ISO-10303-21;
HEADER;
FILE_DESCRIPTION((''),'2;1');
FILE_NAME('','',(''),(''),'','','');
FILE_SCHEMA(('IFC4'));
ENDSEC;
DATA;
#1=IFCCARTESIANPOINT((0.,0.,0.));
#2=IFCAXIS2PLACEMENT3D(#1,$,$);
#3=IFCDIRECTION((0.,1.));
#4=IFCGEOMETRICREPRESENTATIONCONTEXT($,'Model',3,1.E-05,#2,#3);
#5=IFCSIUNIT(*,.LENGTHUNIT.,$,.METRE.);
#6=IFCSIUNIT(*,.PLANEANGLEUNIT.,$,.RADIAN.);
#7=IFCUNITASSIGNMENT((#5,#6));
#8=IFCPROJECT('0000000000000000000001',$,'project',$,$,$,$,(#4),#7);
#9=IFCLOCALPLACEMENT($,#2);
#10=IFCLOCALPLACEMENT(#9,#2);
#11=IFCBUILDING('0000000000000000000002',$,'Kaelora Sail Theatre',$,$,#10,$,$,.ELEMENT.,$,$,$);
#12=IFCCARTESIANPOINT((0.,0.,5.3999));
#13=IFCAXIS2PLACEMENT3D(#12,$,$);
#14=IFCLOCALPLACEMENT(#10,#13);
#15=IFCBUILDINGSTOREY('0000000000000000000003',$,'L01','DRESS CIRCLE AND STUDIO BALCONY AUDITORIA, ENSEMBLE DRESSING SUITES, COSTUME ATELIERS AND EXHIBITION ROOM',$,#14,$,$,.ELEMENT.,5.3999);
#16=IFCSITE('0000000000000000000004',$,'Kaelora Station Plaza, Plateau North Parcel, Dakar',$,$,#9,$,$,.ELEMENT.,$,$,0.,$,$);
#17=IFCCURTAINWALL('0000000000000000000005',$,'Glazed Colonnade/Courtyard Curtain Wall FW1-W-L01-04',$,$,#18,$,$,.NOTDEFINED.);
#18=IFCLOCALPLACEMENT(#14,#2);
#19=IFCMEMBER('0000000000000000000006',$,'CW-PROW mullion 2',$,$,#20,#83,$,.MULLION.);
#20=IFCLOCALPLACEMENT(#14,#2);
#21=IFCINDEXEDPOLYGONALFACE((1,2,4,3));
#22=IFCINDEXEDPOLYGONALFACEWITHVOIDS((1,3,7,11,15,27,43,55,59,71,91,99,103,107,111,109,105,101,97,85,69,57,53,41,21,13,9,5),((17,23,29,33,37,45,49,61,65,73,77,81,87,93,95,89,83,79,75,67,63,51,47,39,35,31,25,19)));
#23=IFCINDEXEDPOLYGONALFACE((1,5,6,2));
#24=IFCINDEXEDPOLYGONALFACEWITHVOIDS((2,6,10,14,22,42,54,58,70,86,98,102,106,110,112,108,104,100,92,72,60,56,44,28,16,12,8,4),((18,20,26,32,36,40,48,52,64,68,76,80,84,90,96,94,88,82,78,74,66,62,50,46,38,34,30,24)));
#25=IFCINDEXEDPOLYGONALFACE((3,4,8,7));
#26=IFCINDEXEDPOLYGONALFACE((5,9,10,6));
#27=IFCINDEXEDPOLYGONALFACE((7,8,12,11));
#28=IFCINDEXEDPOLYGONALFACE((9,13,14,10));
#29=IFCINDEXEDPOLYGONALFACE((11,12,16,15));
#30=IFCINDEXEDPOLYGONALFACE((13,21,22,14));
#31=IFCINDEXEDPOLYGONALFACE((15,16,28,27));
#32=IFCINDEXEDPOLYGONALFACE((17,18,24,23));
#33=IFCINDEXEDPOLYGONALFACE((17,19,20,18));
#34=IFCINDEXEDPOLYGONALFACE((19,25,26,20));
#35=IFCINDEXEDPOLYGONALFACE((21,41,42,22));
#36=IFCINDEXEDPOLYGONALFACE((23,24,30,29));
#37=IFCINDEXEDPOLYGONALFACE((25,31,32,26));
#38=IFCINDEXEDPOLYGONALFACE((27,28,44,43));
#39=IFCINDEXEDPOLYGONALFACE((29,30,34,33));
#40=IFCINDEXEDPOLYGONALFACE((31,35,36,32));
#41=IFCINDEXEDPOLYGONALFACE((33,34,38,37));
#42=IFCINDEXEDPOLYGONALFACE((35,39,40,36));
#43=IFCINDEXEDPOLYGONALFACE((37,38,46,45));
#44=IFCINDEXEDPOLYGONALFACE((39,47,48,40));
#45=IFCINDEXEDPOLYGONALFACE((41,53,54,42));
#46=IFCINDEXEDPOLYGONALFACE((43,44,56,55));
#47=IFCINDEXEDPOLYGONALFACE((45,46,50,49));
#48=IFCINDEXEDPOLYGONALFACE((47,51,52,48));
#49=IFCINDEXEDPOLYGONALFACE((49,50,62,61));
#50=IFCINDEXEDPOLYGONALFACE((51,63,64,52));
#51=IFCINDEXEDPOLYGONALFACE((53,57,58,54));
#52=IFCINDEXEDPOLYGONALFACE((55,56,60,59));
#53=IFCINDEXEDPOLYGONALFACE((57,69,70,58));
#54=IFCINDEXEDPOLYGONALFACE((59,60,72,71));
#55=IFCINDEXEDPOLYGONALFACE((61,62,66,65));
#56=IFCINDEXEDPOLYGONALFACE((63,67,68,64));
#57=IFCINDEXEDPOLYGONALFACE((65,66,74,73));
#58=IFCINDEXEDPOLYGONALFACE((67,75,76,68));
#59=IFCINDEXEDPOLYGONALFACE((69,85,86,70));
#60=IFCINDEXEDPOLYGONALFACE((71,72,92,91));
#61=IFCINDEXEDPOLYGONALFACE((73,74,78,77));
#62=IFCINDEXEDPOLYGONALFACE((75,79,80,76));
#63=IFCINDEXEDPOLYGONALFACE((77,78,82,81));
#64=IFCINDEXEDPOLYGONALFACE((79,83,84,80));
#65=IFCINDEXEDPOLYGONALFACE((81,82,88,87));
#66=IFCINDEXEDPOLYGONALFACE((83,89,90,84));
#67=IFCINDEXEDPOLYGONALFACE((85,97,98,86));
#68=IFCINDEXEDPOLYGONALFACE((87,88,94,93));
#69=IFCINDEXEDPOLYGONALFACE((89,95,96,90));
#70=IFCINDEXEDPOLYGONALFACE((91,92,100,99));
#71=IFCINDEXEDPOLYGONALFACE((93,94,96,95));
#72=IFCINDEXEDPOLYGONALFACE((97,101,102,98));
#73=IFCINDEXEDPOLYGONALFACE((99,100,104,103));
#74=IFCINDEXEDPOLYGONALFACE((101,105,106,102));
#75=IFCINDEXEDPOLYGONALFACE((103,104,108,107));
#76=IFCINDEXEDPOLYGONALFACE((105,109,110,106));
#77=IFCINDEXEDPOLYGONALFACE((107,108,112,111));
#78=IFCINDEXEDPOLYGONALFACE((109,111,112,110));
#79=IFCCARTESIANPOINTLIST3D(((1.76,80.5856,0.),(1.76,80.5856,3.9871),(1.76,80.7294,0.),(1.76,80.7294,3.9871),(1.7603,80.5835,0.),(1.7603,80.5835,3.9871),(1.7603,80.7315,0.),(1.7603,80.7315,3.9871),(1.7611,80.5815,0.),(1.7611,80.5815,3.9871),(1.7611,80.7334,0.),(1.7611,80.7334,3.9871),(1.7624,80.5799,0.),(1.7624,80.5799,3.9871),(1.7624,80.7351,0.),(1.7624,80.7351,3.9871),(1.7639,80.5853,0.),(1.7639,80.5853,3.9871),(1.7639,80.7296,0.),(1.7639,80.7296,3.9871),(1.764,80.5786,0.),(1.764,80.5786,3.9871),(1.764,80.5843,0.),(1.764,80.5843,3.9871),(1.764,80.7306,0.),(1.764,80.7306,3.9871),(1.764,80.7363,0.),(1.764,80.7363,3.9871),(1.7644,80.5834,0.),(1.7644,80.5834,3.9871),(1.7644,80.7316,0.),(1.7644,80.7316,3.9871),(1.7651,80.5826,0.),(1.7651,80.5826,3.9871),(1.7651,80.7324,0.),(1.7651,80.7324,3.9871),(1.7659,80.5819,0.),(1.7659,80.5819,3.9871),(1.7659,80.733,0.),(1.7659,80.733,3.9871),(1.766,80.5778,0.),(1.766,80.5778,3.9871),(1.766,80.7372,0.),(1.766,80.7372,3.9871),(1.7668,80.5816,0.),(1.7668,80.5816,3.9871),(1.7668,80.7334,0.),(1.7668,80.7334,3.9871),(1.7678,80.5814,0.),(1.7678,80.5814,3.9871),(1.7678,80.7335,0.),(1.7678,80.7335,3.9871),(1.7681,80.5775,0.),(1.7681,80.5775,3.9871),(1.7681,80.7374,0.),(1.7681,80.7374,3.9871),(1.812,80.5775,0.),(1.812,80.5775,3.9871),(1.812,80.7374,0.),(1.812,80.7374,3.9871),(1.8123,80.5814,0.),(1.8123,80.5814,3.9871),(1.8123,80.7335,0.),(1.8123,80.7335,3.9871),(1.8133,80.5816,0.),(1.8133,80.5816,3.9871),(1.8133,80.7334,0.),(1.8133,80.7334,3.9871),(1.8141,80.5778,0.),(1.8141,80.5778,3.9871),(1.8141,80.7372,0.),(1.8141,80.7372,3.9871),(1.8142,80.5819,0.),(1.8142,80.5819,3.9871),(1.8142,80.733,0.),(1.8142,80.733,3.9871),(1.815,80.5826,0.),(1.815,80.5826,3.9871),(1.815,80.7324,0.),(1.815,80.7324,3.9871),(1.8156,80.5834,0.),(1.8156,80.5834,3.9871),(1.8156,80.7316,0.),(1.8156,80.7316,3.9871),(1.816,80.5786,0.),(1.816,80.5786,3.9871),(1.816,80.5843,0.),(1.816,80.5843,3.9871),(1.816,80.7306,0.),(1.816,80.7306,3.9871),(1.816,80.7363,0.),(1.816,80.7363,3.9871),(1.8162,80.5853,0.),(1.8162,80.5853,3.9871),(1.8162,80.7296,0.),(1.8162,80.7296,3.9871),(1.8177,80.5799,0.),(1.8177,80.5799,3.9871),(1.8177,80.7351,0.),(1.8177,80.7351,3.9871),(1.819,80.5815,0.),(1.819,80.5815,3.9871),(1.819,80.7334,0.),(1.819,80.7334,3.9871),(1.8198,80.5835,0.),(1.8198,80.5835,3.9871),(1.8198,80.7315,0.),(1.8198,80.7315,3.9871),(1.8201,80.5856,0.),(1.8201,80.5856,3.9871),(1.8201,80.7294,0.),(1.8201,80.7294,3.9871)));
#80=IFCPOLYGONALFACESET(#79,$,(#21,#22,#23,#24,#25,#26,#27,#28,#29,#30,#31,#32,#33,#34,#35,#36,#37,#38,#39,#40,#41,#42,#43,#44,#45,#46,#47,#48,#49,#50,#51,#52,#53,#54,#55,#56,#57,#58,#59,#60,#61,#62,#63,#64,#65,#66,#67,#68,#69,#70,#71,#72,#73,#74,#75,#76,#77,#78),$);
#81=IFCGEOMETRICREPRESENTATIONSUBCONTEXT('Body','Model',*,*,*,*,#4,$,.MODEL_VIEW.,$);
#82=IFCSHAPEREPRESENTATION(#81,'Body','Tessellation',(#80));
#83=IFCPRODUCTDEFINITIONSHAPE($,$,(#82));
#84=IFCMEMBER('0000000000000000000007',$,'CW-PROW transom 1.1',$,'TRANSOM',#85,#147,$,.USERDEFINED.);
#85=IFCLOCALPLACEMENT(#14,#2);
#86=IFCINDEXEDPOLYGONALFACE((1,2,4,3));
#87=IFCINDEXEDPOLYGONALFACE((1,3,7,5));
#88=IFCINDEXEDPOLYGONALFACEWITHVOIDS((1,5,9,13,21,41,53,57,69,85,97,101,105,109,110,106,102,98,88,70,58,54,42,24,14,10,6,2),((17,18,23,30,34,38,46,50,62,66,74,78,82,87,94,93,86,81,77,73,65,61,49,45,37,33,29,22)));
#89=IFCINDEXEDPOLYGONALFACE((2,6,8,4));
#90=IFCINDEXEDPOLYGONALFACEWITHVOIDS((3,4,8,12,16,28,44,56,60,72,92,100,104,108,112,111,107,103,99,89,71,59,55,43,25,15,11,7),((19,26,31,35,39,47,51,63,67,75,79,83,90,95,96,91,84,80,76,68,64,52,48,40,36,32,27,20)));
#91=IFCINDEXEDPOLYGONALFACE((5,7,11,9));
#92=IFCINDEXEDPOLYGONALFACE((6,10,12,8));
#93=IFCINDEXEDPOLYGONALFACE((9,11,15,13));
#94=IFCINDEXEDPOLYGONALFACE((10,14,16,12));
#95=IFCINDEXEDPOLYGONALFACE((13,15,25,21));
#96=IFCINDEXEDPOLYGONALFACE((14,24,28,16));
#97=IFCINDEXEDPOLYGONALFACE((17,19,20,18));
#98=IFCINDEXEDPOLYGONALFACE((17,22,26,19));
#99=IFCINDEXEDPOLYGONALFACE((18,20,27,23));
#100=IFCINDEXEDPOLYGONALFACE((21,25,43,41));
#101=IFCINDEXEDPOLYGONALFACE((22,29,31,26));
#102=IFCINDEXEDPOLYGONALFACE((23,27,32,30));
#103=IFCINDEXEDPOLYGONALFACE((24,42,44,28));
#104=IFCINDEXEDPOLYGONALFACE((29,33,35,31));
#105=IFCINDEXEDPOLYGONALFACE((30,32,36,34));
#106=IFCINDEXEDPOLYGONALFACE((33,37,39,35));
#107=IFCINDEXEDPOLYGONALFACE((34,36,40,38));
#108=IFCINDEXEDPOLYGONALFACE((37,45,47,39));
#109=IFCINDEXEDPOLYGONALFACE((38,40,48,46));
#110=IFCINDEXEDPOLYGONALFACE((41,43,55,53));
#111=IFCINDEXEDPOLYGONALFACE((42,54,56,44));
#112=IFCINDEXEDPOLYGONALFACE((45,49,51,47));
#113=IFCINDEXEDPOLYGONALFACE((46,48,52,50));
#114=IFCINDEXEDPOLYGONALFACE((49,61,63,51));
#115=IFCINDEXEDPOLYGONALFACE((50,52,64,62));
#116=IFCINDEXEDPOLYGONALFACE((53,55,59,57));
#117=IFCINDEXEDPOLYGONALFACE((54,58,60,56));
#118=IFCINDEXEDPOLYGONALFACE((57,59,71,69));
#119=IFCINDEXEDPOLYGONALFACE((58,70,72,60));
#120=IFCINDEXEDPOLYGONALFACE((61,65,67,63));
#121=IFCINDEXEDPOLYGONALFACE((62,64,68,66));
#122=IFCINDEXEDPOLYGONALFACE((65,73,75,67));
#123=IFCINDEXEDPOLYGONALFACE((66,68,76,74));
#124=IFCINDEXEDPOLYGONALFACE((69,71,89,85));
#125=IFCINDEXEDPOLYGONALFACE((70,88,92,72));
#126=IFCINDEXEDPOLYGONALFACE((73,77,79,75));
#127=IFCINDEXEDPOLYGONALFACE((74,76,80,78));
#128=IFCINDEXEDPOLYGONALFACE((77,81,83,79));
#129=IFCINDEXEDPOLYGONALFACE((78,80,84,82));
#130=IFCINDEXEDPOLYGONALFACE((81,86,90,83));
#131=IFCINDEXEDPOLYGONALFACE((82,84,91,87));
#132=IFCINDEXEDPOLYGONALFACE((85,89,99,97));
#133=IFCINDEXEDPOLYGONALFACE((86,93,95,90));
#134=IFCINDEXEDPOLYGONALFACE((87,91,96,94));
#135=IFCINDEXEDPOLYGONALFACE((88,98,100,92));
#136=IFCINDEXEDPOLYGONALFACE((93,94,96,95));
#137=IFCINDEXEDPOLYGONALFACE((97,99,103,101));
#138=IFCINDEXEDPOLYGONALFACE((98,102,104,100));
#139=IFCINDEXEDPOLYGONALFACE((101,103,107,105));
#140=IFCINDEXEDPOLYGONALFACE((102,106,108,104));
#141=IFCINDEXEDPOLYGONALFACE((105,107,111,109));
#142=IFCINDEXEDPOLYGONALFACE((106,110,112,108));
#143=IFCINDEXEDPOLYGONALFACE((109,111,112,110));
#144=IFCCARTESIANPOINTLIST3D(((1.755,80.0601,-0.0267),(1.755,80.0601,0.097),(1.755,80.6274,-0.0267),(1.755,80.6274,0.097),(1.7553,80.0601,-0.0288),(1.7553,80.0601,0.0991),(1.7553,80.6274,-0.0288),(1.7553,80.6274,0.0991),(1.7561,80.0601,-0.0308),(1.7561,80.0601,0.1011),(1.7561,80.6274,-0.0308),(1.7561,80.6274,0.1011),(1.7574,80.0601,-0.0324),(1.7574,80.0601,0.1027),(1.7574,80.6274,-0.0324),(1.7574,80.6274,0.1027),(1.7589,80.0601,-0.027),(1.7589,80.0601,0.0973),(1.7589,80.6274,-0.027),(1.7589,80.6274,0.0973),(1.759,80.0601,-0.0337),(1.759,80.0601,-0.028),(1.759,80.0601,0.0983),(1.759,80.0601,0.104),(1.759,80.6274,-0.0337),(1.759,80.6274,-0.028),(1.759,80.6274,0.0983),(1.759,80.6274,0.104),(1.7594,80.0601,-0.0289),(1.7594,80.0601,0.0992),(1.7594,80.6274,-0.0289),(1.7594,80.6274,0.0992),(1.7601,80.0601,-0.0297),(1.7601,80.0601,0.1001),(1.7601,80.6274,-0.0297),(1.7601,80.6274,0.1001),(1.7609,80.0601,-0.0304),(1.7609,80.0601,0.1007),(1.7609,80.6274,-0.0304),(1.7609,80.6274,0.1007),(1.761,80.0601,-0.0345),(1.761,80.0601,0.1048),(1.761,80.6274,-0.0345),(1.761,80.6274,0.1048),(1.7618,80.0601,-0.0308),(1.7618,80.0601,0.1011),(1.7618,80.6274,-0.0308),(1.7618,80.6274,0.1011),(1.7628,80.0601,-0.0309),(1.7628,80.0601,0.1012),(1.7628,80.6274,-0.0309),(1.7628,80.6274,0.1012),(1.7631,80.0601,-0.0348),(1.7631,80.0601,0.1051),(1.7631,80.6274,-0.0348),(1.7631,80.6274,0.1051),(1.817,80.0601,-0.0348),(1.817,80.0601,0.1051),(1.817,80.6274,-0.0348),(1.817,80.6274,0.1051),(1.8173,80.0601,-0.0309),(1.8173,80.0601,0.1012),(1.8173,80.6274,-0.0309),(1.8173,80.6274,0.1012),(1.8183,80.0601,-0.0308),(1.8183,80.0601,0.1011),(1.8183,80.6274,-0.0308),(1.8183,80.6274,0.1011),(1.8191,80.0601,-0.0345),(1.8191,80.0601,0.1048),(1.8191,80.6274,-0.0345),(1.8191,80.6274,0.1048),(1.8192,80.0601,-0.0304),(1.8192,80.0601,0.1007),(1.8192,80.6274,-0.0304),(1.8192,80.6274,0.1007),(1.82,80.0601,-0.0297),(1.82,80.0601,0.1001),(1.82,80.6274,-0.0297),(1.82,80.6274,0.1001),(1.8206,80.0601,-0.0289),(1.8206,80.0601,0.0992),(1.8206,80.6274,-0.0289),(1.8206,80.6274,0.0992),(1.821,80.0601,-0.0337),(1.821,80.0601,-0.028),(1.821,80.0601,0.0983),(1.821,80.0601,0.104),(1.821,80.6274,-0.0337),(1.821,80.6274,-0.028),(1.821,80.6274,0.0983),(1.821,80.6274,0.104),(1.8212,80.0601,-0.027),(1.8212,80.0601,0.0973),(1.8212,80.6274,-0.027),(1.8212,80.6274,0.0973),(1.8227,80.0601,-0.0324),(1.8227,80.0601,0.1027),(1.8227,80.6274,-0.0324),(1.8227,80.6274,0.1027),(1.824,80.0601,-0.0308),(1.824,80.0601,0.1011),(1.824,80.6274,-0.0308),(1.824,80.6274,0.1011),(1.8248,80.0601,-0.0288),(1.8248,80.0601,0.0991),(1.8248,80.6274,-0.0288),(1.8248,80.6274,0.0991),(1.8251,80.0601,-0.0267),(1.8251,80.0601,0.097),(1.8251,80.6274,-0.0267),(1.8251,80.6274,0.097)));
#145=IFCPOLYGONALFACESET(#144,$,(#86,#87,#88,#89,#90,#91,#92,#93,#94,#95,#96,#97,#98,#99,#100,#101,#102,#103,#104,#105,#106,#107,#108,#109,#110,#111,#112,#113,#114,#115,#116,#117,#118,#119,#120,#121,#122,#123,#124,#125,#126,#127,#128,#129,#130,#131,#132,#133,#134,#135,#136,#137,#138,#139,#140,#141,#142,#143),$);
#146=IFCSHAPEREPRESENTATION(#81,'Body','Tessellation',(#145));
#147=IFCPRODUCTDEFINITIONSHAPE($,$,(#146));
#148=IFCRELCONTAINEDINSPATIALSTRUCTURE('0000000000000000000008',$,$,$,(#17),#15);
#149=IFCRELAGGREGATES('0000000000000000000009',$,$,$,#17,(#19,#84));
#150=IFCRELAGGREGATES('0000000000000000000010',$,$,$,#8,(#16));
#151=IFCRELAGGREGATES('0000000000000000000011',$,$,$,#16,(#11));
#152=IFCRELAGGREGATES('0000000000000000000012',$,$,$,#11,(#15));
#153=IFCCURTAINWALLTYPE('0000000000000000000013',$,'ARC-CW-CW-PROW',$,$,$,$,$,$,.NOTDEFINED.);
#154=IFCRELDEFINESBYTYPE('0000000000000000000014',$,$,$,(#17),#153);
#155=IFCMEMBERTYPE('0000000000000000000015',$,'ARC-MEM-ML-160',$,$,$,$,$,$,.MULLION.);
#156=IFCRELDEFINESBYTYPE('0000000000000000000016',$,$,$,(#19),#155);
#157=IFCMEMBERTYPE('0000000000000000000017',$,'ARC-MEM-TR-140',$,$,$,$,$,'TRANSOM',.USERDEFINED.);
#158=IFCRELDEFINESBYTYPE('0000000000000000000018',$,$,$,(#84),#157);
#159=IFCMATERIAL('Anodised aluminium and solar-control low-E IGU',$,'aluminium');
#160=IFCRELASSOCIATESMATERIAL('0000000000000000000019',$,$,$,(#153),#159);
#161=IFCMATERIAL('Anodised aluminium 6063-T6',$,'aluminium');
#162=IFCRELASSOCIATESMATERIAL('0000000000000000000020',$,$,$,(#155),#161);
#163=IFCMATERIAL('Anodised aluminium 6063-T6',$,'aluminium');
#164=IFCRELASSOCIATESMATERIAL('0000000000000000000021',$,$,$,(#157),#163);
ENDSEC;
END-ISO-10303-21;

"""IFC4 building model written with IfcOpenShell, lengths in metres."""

from ifc_helpers import new_model, si_unit, direction, frame, origin, origin_2d, place, context, subcontext, project, spatial, hollow_rectangle, extrude, material, material_profile, profile_set, type_object, element, aggregate, save


model = new_model("IFC4")

# Units and contexts
model_context = context("Model", 3, precision=1e-05, world=origin(), true_north=direction((0.0, 1.0)))
body_context = subcontext(model_context, "Body", "Model", "MODEL_VIEW")
ifc_project = project(units=[si_unit("LENGTHUNIT", "METRE"), si_unit("PLANEANGLEUNIT", "RADIAN")], contexts=[model_context])

# Site, building, storey
site_placement = place(None, origin())
site = spatial("IfcSite", under=ifc_project, at=site_placement, Name="Kaelora Station Plaza, Plateau North Parcel, Dakar", CompositionType="ELEMENT", RefElevation=0.0)
building_placement = place(site_placement, origin())
building = spatial("IfcBuilding", under=site, at=building_placement, Name="Kaelora Sail Theatre", CompositionType="ELEMENT")
storey_placement = place(building_placement, frame((0.0, 0.0, 5.3999)))
storey = spatial("IfcBuildingStorey", under=building, at=storey_placement, Name="L01", Description="DRESS CIRCLE AND STUDIO BALCONY AUDITORIA, ENSEMBLE DRESSING SUITES, COSTUME ATELIERS AND EXHIBITION ROOM", CompositionType="ELEMENT", Elevation=5.3999)

# Shared definitions
ifc_material_1 = material(Name="Anodised aluminium and solar-control low-E IGU", Category="aluminium")
curtain_wall_type = type_object("IfcCurtainWallType", Name="ARC-CW-CW-PROW", PredefinedType="NOTDEFINED", material=ifc_material_1)
ifc_material_2 = material(Name="Anodised aluminium 6063-T6", Category="aluminium")
ifc_material_profile_1 = material_profile(ifc_material_2, hollow_rectangle(XDim=0.0601, YDim=0.1599, WallThickness=0.0039, InnerFilletRadius=0.0039, OuterFilletRadius=0.0081, at=origin_2d()), Name="ALU-MULL 60x160x4")
ifc_profile_set_1 = profile_set([ifc_material_profile_1], Name="Anodised aluminium 6063-T6")
member_type_1 = type_object("IfcMemberType", Name="ARC-MEM-ML-160", PredefinedType="MULLION", material=ifc_profile_set_1)

# Curtain wall, members
curtain_wall_1_placement = place(storey_placement, origin())
curtain_wall_1 = element("IfcCurtainWall", 1, at=curtain_wall_1_placement, inside=storey, type_object=curtain_wall_type, Name="Glazed Colonnade/Courtyard Curtain Wall FW1-W-L01-04", PredefinedType="NOTDEFINED")
member_1_placement = place(storey_placement, frame((1.79, 80.6575, 0.0), z_axis=(0.0, 0.0, 1.0), x_axis=(-1.0, 0.0, 0.0)))
member_1 = element("IfcMember", 2, at=member_1_placement, type_object=member_type_1, Name="CW-PROW mullion 2", PredefinedType="MULLION", context=body_context, shape_type="SweptSolid", body=[
    extrude(hollow_rectangle(XDim=0.0601, YDim=0.1599, WallThickness=0.0039, InnerFilletRadius=0.0039, OuterFilletRadius=0.0081, at=origin_2d()), origin(), (0.0, 0.0, 1.0), 3.9871),
])
ifc_material_3 = material(Name="Anodised aluminium 6063-T6", Category="aluminium")
ifc_material_profile_2 = material_profile(ifc_material_3, hollow_rectangle(XDim=0.0701, YDim=0.1399, WallThickness=0.0039, InnerFilletRadius=0.0039, OuterFilletRadius=0.0081, at=origin_2d()), Name="ALU-TRAN 70x140x4")
ifc_profile_set_2 = profile_set([ifc_material_profile_2], Name="Anodised aluminium 6063-T6")
member_type_2 = type_object("IfcMemberType", Name="ARC-MEM-TR-140", ElementType="TRANSOM", PredefinedType="USERDEFINED", material=ifc_profile_set_2)
member_2_placement = place(storey_placement, frame((1.79, 80.0601, 0.0352), z_axis=(0.0, 1.0, 0.0), x_axis=(-1.0, 0.0, 0.0)))
member_2 = element("IfcMember", 3, at=member_2_placement, type_object=member_type_2, Name="CW-PROW transom 1.1", ObjectType="TRANSOM", PredefinedType="USERDEFINED", context=body_context, shape_type="SweptSolid", body=[
    extrude(hollow_rectangle(XDim=0.0701, YDim=0.1399, WallThickness=0.0039, InnerFilletRadius=0.0039, OuterFilletRadius=0.0081, at=origin_2d()), origin(), (0.0, 0.0, 1.0), 0.5674),
])

aggregate(curtain_wall_1, [member_1, member_2])

save(model, "model.ifc")
